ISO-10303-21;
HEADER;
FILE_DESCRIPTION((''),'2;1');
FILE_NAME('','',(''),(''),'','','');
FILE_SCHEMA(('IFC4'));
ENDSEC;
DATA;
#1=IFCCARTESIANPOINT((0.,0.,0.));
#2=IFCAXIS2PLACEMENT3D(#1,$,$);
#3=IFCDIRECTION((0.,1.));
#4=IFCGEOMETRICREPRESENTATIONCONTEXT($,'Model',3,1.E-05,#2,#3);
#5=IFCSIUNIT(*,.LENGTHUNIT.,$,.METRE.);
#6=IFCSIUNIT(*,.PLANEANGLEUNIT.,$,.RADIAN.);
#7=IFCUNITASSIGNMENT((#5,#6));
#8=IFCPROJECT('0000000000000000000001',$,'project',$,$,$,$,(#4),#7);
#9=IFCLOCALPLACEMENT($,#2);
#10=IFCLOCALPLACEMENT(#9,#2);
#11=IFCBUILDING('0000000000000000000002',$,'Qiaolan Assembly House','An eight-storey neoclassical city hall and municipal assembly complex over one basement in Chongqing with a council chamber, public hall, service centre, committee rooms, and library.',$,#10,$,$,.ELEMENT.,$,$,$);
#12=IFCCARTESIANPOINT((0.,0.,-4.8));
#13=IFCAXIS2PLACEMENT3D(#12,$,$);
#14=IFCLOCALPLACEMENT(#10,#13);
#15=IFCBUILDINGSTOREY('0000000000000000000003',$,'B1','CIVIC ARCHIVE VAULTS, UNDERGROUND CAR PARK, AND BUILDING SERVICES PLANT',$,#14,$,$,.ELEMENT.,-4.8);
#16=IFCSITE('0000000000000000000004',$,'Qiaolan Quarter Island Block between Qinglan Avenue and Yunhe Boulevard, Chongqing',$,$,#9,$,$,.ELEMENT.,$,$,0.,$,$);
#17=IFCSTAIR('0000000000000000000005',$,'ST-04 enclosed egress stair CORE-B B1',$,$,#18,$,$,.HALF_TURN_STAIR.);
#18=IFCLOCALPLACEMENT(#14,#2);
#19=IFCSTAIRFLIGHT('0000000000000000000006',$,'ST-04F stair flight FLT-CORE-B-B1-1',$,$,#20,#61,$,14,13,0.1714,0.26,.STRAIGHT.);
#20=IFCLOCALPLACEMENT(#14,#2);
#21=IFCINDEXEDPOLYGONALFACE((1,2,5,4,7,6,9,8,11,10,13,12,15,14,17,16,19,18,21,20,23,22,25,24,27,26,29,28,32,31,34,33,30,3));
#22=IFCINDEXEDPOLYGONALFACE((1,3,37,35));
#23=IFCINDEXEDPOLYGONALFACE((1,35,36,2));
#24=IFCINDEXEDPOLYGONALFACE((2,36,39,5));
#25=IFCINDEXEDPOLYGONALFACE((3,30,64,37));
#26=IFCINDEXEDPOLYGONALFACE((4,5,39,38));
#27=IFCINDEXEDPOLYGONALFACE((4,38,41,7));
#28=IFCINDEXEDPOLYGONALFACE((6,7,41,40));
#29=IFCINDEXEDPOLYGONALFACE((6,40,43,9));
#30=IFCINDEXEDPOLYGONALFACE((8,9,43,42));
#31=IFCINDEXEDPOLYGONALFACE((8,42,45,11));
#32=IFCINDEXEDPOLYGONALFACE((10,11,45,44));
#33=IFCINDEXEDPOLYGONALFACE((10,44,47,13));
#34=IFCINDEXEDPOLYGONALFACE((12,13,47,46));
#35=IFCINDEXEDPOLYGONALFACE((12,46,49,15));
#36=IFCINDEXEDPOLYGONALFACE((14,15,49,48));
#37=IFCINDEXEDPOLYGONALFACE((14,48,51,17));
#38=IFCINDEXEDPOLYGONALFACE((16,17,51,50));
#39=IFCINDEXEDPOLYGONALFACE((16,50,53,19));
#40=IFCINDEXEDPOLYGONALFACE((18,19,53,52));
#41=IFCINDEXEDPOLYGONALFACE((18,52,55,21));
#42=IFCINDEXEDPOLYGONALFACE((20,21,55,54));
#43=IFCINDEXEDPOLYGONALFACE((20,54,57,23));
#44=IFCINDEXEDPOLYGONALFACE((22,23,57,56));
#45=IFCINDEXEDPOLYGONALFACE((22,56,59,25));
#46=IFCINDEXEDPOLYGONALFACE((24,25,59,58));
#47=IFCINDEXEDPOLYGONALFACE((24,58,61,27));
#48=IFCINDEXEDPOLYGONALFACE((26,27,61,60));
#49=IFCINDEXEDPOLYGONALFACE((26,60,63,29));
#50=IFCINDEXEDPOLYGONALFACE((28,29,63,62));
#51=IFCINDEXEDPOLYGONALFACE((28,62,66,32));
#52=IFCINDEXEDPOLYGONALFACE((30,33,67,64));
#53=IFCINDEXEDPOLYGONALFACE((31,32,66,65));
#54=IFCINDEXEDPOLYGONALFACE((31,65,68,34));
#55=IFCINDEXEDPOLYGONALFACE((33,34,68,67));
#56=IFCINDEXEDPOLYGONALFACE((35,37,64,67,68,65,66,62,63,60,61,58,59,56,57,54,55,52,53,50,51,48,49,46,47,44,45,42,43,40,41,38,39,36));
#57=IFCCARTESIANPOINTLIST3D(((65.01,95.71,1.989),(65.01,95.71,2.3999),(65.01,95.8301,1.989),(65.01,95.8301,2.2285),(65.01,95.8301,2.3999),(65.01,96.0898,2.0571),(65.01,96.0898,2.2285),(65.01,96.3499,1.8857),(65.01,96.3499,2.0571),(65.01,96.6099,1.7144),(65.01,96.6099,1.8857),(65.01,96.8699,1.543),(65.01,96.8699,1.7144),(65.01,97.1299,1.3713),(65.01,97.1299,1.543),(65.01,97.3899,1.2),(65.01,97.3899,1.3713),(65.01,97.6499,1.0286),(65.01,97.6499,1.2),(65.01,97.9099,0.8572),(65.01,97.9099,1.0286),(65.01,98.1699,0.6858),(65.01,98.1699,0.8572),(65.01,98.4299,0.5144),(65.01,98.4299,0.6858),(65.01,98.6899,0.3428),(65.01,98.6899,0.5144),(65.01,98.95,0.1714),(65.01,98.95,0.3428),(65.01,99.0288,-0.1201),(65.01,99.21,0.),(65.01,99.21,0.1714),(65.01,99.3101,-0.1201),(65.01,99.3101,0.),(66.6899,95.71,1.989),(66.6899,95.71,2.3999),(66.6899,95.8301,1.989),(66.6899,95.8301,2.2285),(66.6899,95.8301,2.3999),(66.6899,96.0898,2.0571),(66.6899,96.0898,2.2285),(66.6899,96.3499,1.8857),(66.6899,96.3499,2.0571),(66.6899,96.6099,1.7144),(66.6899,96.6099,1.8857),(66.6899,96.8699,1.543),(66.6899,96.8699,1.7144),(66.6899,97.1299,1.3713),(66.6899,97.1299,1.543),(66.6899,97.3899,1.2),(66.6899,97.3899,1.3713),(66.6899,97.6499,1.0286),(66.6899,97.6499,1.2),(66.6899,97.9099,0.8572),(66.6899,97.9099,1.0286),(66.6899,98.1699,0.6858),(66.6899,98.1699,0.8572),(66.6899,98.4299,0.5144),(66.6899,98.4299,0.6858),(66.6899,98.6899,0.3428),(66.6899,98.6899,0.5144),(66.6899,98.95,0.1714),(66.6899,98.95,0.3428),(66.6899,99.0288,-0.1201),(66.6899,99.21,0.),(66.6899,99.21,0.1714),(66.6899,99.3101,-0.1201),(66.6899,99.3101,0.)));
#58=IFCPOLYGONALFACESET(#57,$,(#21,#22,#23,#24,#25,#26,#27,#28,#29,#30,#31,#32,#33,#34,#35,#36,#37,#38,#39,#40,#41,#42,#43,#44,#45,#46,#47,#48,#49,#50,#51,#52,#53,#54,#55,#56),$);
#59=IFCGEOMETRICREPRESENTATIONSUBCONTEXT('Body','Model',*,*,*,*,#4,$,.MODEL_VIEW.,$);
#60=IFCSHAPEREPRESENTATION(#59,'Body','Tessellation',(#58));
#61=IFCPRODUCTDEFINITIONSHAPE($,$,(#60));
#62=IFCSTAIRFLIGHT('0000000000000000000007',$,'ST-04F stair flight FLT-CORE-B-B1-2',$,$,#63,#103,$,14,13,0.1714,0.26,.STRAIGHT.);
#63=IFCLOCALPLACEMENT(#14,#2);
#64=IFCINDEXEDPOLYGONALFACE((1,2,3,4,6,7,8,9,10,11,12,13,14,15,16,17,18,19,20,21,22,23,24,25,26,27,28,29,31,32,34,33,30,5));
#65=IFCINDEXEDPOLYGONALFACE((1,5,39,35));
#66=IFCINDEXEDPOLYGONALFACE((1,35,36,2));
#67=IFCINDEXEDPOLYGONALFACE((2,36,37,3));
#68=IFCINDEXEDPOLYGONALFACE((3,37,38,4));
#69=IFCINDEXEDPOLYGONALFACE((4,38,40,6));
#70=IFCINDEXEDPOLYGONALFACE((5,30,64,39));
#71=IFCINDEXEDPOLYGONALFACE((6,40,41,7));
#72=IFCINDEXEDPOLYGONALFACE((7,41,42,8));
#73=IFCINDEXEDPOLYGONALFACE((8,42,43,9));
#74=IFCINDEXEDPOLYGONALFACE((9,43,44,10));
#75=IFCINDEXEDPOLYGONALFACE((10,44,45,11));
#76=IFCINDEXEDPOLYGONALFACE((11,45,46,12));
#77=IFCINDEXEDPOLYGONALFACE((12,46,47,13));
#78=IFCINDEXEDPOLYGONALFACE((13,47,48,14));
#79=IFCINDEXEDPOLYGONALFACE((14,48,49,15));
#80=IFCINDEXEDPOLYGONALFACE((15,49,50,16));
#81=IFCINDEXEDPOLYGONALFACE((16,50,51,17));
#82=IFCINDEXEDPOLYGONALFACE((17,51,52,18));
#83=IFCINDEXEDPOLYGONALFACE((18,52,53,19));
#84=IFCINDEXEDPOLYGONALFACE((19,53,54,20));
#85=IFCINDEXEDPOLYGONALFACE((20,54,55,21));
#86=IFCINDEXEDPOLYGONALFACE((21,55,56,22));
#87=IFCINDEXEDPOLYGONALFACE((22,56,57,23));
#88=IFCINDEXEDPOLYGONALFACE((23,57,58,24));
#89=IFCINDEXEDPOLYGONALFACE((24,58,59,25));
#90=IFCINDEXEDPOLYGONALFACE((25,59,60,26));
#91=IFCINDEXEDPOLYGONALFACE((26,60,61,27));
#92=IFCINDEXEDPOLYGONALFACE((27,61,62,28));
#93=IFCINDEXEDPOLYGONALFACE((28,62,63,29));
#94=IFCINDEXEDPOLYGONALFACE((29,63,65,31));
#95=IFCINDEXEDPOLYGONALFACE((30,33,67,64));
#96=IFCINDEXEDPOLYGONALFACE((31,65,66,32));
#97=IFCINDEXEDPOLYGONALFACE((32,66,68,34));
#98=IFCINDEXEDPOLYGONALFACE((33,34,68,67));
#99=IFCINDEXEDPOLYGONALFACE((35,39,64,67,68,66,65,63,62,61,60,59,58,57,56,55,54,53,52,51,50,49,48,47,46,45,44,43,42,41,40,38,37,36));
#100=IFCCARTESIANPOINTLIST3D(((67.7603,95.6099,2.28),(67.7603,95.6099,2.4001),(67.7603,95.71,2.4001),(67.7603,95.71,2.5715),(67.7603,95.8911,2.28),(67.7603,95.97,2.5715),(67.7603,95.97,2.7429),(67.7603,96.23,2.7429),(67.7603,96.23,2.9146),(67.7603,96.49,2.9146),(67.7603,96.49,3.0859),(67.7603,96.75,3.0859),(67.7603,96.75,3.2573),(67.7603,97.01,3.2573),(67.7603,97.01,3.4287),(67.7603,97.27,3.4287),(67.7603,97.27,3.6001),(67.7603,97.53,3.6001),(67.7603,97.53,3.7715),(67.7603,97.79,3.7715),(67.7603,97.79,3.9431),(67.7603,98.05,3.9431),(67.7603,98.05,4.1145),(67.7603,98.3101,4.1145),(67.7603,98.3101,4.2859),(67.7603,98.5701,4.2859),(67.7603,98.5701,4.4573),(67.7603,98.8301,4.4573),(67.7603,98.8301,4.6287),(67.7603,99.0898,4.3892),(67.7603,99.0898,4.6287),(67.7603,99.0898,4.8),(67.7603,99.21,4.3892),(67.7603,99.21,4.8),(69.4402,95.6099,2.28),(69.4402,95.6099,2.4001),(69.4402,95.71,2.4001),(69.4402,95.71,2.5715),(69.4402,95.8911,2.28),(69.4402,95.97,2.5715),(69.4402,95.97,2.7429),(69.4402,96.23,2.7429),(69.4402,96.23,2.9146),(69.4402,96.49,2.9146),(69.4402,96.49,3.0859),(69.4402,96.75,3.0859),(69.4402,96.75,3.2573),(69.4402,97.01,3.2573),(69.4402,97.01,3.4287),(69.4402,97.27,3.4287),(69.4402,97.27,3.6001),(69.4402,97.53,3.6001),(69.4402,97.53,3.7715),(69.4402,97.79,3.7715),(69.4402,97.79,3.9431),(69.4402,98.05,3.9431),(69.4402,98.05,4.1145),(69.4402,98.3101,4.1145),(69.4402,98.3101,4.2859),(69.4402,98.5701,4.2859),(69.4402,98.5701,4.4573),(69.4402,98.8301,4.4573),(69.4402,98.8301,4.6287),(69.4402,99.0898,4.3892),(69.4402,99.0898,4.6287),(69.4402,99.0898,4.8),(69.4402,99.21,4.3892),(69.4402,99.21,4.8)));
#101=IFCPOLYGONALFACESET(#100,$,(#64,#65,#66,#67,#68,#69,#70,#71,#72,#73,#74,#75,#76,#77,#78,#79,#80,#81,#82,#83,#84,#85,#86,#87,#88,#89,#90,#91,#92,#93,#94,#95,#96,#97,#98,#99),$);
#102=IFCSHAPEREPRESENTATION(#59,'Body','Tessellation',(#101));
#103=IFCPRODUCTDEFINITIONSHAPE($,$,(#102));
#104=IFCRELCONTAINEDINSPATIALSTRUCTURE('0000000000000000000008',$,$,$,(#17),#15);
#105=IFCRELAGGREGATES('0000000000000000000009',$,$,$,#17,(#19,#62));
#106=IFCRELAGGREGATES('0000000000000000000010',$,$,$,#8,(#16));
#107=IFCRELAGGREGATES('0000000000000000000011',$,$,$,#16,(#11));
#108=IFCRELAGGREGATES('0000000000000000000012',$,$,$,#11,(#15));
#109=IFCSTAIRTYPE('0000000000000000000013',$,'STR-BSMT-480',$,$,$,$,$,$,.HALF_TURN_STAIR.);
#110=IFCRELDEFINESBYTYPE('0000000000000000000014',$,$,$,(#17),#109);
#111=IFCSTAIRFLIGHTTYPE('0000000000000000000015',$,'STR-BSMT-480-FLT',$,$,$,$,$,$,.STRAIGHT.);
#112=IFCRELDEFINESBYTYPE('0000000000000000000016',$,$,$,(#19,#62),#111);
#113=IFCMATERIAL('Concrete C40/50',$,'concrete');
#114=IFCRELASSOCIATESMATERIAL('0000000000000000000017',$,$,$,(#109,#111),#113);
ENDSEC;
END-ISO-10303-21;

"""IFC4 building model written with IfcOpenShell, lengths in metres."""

from ifc_helpers import new_model, si_unit, direction, frame, origin, place, context, subcontext, project, spatial, polyline, outline, extrude, material, type_object, element, aggregate, save


model = new_model("IFC4")

# Units and contexts
model_context = context("Model", 3, precision=1e-05, world=origin(), true_north=direction((0.0, 1.0)))
body_context = subcontext(model_context, "Body", "Model", "MODEL_VIEW")
ifc_project = project(units=[si_unit("LENGTHUNIT", "METRE"), si_unit("PLANEANGLEUNIT", "RADIAN")], contexts=[model_context])

# Site, building, storey
site_placement = place(None, origin())
site = spatial("IfcSite", under=ifc_project, at=site_placement, Name="Qiaolan Quarter Island Block between Qinglan Avenue and Yunhe Boulevard, Chongqing", CompositionType="ELEMENT", RefElevation=0.0)
building_placement = place(site_placement, origin())
building = spatial("IfcBuilding", under=site, at=building_placement, Name="Qiaolan Assembly House", Description="An eight-storey neoclassical city hall and municipal assembly complex over one basement in Chongqing with a council chamber, public hall, service centre, committee rooms, and library.", CompositionType="ELEMENT")
storey_placement = place(building_placement, frame((0.0, 0.0, -4.8)))
storey = spatial("IfcBuildingStorey", under=building, at=storey_placement, Name="B1", Description="CIVIC ARCHIVE VAULTS, UNDERGROUND CAR PARK, AND BUILDING SERVICES PLANT", CompositionType="ELEMENT", Elevation=-4.8)

# Shared definitions
ifc_material_1 = material(Name="Concrete C40/50", Category="concrete")

# Stair, stair flights
stair_type = type_object("IfcStairType", Name="STR-BSMT-480", PredefinedType="HALF_TURN_STAIR", material=ifc_material_1)
stair_placement = place(storey_placement, origin())
stair = element("IfcStair", 1, at=stair_placement, inside=storey, type_object=stair_type, Name="ST-04 enclosed egress stair CORE-B B1", PredefinedType="HALF_TURN_STAIR")
stair_flight_type = type_object("IfcStairFlightType", Name="STR-BSMT-480-FLT", PredefinedType="STRAIGHT", material=ifc_material_1)
stair_flight_1_placement = place(storey_placement, frame((65.8501, 99.21, 0.0), z_axis=(0.0, 0.0, 1.0), x_axis=(0.0, -1.0, 0.0)))
stair_flight_1 = element("IfcStairFlight", 2, at=stair_flight_1_placement, type_object=stair_flight_type, Name="ST-04F stair flight FLT-CORE-B-B1-1", NumberOfRisers=14, NumberOfTreads=13, PredefinedType="STRAIGHT", RiserHeight=0.1714, TreadLength=0.26, context=body_context, shape_type="SweptSolid", body=[
    extrude(outline(polyline([(-0.1001, -0.1201), (-0.1001, 0.0), (0.0, 0.0), (0.0, 0.1714), (0.26, 0.1714), (0.26, 0.3428), (0.52, 0.3428), (0.52, 0.5144), (0.78, 0.5144), (0.78, 0.6858), (1.04, 0.6858), (1.04, 0.8572), (1.3, 0.8572), (1.3, 1.0286), (1.5601, 1.0286), (1.5601, 1.2), (1.8201, 1.2), (1.8201, 1.3713), (2.0801, 1.3713), (2.0801, 1.543), (2.3401, 1.543), (2.3401, 1.7144), (2.6001, 1.7144), (2.6001, 1.8857), (2.8601, 1.8857), (2.8601, 2.0571), (3.1201, 2.0571), (3.1201, 2.2285), (3.3799, 2.2285), (3.3799, 2.3999), (3.5, 2.3999), (3.5, 1.989), (3.3799, 1.989), (0.1812, -0.1201), (-0.1001, -0.1201)])), frame((0.0, 0.8398, 0.0), z_axis=(0.0, -1.0, 0.0), x_axis=(1.0, 0.0, 0.0)), (0.0, 0.0, 1.0), 1.6799),
])
stair_flight_2_placement = place(storey_placement, frame((68.6001, 95.71, 2.4001), z_axis=(0.0, 0.0, 1.0), x_axis=(0.0, 1.0, 0.0)))
stair_flight_2 = element("IfcStairFlight", 3, at=stair_flight_2_placement, type_object=stair_flight_type, Name="ST-04F stair flight FLT-CORE-B-B1-2", NumberOfRisers=14, NumberOfTreads=13, PredefinedType="STRAIGHT", RiserHeight=0.1714, TreadLength=0.26, context=body_context, shape_type="SweptSolid", body=[
    extrude(outline(polyline([(-0.1001, -0.1201), (-0.1001, 0.0), (0.0, 0.0), (0.0, 0.1714), (0.26, 0.1714), (0.26, 0.3428), (0.52, 0.3428), (0.52, 0.5144), (0.78, 0.5144), (0.78, 0.6858), (1.04, 0.6858), (1.04, 0.8572), (1.3, 0.8572), (1.3, 1.0286), (1.5601, 1.0286), (1.5601, 1.2), (1.8201, 1.2), (1.8201, 1.3713), (2.0801, 1.3713), (2.0801, 1.543), (2.3401, 1.543), (2.3401, 1.7144), (2.6001, 1.7144), (2.6001, 1.8857), (2.8601, 1.8857), (2.8601, 2.0571), (3.1201, 2.0571), (3.1201, 2.2285), (3.3799, 2.2285), (3.3799, 2.3999), (3.5, 2.3999), (3.5, 1.989), (3.3799, 1.989), (0.1812, -0.1201), (-0.1001, -0.1201)])), frame((0.0, 0.8398, 0.0), z_axis=(0.0, -1.0, 0.0), x_axis=(1.0, 0.0, 0.0)), (0.0, 0.0, 1.0), 1.6799),
])
aggregate(stair, [stair_flight_1, stair_flight_2])

save(model, "model.ifc")
